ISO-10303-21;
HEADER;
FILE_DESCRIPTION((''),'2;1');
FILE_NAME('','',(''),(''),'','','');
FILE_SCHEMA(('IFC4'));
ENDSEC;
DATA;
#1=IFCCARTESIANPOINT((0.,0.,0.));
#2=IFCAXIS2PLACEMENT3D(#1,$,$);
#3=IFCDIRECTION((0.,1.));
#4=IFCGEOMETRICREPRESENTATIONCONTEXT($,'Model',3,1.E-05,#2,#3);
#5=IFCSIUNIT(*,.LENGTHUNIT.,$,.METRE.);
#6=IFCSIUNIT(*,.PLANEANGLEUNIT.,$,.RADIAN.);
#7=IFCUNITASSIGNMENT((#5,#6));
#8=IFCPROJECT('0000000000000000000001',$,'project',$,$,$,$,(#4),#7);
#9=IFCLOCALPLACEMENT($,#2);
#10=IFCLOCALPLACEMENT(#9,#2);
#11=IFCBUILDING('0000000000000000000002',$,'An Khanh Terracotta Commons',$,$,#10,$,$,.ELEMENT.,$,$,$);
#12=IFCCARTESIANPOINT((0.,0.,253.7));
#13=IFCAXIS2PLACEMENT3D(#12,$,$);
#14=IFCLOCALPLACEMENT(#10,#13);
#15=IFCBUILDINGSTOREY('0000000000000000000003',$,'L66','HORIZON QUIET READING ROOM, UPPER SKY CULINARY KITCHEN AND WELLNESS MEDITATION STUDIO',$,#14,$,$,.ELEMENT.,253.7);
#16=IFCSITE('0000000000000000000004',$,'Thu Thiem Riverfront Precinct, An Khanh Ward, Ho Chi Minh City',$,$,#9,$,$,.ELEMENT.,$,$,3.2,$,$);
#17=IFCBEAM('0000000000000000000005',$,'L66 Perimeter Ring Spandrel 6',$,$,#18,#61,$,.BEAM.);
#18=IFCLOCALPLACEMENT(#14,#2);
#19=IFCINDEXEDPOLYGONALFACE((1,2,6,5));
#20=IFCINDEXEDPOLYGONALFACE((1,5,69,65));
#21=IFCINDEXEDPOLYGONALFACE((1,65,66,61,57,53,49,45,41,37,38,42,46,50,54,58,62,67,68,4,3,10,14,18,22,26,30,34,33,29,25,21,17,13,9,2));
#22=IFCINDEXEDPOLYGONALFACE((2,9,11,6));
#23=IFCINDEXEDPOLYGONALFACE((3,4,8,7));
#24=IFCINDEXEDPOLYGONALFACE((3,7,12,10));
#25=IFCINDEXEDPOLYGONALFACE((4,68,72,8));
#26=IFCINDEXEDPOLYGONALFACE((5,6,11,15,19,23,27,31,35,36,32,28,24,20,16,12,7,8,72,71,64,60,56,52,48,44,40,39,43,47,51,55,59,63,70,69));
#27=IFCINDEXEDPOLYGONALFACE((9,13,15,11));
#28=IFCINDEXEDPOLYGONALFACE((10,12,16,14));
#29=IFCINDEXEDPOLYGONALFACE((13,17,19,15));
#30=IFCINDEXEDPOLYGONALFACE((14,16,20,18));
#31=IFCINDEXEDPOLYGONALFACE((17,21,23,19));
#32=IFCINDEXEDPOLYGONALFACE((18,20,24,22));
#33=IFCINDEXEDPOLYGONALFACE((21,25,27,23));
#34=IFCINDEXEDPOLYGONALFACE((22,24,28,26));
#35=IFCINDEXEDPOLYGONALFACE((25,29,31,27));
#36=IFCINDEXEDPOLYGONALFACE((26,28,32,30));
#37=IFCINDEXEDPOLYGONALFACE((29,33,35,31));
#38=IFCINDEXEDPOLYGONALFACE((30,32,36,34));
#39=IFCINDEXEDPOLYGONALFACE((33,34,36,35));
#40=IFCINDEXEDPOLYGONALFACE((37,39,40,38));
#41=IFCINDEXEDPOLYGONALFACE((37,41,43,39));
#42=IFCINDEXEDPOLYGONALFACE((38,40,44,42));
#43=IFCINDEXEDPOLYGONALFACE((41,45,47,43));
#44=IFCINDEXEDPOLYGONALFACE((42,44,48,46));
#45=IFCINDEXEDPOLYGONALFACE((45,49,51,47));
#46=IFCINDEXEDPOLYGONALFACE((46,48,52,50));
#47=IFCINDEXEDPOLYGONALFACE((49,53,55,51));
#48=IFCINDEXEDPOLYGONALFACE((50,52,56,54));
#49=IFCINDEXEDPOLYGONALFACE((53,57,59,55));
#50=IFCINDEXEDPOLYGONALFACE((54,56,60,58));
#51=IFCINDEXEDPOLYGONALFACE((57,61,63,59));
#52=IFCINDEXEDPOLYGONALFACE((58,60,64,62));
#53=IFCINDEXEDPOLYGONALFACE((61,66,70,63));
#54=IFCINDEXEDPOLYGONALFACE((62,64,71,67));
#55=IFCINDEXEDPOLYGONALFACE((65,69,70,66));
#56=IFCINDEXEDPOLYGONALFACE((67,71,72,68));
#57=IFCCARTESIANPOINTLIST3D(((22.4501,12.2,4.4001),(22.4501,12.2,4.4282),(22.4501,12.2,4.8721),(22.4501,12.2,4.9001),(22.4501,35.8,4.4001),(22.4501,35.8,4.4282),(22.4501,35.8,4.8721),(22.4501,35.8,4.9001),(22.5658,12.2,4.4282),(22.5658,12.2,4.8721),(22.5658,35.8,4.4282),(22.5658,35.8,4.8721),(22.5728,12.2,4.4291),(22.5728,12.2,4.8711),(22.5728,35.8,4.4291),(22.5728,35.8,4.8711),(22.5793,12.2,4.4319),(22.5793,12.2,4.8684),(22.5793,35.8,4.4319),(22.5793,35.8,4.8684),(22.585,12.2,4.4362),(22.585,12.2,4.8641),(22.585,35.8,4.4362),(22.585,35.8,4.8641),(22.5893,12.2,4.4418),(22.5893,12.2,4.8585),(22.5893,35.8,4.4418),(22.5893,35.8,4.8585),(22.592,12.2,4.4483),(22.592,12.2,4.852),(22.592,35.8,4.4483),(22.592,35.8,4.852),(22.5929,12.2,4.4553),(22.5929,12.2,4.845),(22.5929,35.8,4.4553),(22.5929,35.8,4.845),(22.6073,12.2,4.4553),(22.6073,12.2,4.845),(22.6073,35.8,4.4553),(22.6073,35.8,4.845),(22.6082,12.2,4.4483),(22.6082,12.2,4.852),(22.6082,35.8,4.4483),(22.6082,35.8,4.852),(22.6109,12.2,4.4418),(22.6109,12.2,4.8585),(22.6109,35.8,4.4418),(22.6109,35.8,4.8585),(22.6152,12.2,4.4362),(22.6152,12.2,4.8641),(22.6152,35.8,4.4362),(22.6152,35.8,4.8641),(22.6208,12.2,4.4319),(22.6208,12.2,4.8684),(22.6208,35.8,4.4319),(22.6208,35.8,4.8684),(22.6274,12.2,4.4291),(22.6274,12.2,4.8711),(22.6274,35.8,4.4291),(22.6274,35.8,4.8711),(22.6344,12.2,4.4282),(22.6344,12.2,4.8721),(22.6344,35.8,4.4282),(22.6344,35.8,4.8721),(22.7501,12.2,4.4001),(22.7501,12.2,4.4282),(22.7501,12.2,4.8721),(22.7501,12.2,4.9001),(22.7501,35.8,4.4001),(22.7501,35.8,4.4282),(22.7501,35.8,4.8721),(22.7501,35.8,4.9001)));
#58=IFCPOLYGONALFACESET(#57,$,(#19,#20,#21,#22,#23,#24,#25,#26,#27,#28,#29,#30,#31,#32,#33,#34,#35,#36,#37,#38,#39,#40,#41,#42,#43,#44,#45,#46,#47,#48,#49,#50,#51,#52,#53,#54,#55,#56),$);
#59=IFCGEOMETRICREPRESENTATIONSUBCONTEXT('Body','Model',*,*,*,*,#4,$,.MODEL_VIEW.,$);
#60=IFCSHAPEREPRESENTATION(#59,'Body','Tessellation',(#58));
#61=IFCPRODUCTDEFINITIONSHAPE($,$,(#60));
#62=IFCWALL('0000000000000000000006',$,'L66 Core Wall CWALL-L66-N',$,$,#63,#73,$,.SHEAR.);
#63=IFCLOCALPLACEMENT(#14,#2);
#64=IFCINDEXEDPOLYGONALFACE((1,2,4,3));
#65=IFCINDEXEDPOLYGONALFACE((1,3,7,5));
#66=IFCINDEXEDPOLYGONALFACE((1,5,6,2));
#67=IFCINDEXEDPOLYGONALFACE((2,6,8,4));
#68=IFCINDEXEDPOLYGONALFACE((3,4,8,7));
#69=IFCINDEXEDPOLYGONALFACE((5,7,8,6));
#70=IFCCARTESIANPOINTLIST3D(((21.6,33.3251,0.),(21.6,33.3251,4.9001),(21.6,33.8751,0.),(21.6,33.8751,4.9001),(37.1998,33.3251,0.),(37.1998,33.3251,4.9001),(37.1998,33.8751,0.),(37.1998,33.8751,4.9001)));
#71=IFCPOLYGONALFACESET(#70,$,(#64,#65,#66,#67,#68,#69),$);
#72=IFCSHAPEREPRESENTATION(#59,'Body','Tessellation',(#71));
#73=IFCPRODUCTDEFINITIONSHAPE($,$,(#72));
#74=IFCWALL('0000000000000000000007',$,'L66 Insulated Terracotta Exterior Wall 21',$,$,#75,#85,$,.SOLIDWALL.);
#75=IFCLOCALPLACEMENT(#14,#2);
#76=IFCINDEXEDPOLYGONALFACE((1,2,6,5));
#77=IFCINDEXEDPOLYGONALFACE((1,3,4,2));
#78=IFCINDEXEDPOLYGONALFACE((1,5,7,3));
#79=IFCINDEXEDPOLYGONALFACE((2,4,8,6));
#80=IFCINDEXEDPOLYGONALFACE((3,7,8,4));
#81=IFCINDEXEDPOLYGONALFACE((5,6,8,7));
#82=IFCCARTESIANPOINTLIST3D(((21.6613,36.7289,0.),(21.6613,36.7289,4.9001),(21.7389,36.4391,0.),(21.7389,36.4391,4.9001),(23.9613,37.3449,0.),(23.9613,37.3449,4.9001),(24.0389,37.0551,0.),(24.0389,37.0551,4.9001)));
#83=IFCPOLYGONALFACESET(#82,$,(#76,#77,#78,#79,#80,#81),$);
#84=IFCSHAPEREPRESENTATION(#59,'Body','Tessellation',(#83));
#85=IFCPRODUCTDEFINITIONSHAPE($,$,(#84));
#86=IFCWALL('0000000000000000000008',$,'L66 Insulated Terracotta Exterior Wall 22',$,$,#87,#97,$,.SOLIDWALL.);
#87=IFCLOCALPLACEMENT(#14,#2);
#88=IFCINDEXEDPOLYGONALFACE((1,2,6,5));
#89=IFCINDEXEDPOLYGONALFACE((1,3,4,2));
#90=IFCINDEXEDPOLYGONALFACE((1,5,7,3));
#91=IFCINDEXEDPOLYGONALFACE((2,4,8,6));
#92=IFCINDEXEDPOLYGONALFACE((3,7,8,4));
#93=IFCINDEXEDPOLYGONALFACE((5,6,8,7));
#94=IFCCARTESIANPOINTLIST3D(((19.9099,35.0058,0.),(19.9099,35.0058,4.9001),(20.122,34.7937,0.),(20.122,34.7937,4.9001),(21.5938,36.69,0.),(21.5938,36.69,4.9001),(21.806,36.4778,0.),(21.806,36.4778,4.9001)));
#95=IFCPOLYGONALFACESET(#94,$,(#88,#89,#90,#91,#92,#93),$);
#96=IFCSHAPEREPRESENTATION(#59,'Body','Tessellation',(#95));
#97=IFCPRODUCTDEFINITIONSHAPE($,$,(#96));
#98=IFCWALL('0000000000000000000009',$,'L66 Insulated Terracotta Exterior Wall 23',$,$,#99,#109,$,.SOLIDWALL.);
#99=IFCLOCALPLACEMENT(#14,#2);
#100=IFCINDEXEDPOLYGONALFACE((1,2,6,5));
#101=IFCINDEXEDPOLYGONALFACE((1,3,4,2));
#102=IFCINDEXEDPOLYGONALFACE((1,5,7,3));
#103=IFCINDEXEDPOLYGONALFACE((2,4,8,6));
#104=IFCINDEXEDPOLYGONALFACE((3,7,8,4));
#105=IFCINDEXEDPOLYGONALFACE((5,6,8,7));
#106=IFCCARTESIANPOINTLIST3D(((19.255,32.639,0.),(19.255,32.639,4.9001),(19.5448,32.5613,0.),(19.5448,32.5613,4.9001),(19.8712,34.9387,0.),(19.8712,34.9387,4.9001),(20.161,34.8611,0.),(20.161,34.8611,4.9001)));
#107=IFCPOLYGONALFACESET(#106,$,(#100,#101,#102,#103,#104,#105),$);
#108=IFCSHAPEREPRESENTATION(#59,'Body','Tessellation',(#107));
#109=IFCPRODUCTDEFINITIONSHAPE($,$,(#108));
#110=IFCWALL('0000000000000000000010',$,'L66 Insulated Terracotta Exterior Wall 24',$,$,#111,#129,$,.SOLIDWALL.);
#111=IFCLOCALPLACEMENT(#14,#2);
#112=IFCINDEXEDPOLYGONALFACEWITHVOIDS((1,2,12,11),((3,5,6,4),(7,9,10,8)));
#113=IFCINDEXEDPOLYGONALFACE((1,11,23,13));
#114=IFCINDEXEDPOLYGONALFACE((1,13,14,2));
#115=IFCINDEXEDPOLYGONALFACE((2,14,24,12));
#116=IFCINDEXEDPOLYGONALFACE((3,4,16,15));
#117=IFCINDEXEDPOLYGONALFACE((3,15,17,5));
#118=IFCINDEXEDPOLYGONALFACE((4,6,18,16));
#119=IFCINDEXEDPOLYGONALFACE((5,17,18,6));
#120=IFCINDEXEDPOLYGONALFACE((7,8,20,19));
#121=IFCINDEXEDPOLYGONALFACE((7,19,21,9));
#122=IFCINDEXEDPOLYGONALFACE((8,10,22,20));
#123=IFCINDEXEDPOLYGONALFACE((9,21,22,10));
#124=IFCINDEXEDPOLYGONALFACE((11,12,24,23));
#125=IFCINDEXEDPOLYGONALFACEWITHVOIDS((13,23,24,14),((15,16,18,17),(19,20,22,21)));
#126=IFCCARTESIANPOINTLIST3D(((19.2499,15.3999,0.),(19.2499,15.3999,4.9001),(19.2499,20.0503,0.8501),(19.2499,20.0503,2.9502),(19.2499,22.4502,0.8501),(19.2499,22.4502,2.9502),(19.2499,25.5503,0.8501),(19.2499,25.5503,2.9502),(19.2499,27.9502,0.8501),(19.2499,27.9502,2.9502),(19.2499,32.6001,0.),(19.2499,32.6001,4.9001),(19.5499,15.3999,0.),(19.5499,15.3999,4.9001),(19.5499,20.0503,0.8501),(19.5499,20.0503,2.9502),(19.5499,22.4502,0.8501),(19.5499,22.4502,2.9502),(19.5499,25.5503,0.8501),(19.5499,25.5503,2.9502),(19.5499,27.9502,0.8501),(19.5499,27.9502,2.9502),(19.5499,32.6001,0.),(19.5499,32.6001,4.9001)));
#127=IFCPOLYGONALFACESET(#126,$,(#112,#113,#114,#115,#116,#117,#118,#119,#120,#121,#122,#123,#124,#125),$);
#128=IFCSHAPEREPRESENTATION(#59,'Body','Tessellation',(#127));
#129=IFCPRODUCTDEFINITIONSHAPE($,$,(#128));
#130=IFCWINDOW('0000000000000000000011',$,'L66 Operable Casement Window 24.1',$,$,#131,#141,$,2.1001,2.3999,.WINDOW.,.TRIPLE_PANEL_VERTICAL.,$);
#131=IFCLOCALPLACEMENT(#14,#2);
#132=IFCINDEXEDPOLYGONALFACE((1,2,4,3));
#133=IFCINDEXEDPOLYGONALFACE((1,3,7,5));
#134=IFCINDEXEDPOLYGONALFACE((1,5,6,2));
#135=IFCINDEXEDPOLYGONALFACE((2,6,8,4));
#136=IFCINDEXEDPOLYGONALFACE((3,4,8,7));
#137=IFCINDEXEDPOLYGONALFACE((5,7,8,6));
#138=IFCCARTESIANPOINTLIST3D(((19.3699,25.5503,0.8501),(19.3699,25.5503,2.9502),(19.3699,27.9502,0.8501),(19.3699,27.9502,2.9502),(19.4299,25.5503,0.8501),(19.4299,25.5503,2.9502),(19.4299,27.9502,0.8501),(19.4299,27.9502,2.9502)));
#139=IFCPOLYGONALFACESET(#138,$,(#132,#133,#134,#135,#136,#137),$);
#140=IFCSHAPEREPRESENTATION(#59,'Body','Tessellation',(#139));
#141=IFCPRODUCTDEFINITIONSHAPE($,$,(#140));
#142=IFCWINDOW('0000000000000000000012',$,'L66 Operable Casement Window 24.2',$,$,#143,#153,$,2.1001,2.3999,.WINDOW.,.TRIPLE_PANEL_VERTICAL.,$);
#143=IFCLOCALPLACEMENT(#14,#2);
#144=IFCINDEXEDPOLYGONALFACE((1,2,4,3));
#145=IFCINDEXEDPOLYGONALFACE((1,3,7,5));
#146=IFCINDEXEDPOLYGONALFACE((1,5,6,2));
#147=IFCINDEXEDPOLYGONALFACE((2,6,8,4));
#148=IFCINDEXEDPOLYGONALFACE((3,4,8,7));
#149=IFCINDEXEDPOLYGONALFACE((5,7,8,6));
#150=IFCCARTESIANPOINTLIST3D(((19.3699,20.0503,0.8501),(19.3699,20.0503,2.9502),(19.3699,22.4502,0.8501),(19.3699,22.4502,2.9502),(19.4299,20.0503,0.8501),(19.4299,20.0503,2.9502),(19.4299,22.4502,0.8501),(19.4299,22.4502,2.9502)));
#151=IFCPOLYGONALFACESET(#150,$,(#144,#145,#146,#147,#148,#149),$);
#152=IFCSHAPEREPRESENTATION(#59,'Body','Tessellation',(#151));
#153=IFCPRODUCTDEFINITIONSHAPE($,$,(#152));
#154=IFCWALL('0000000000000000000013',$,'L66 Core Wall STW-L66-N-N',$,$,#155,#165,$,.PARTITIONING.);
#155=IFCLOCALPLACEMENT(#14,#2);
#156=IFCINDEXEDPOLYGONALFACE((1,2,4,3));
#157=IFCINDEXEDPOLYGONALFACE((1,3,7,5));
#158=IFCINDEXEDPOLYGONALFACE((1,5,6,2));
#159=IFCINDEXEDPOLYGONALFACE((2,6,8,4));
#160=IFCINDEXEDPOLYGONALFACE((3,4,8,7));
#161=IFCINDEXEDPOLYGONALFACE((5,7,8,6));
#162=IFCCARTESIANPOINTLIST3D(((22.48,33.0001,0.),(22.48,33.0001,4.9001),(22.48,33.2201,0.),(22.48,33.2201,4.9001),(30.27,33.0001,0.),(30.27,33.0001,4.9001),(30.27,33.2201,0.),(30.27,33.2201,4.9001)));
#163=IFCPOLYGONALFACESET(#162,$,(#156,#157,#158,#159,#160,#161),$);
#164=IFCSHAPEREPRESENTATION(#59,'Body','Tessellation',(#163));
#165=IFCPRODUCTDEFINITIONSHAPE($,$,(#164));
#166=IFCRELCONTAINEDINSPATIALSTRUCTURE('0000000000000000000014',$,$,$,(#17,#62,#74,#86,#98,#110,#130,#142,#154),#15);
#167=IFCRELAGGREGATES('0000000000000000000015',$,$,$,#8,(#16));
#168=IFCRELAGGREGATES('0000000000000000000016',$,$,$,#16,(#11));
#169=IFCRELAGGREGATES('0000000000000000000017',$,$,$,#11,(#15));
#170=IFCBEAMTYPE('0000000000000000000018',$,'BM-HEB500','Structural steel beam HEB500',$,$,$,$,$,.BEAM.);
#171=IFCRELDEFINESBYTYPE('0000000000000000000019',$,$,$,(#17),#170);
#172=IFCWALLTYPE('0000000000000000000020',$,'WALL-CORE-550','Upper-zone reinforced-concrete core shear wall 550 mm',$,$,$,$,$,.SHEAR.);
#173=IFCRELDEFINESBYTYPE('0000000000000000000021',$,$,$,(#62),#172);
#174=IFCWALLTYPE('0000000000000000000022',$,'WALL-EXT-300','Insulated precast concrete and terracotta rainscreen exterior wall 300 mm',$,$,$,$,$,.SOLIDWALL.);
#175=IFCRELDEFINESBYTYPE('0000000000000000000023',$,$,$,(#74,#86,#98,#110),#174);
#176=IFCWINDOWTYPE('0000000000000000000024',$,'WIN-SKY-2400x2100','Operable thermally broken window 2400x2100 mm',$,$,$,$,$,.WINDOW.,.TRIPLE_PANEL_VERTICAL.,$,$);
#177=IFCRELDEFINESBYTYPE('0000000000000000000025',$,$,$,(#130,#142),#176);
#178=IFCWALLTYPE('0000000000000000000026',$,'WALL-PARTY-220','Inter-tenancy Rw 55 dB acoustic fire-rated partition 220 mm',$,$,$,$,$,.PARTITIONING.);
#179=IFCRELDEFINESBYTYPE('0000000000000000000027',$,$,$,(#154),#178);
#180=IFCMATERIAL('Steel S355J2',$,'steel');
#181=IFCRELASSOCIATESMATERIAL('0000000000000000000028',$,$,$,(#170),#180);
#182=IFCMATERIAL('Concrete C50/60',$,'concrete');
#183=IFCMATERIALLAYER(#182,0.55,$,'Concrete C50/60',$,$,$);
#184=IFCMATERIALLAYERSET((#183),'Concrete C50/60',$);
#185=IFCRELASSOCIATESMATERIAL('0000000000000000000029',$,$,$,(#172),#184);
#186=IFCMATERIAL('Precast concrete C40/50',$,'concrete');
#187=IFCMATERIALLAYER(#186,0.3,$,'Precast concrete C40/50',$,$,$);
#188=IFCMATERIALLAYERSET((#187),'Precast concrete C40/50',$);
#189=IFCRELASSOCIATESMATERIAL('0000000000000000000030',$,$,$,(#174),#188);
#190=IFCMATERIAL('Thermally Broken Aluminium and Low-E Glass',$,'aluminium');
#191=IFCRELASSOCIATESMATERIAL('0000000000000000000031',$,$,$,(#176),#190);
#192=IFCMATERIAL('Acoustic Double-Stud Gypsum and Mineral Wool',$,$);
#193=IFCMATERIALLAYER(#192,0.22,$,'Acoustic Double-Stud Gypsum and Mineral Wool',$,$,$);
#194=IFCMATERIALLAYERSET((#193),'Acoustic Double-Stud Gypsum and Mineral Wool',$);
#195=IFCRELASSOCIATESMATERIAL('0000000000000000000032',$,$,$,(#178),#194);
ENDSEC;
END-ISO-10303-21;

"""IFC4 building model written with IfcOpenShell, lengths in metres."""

from ifc_helpers import new_model, si_unit, direction, frame, frame_2d, origin, origin_2d, place, context, subcontext, project, spatial, rectangle, i_section, extrude, material, layer, layer_set, material_profile, profile_set, type_object, element, fill, save


model = new_model("IFC4")

# Units and contexts
model_context = context("Model", 3, precision=1e-05, world=origin(), true_north=direction((0.0, 1.0)))
body_context = subcontext(model_context, "Body", "Model", "MODEL_VIEW")
ifc_project = project(units=[si_unit("LENGTHUNIT", "METRE"), si_unit("PLANEANGLEUNIT", "RADIAN")], contexts=[model_context])

# Site, building, storey
site_placement = place(None, origin())
site = spatial("IfcSite", under=ifc_project, at=site_placement, Name="Thu Thiem Riverfront Precinct, An Khanh Ward, Ho Chi Minh City", CompositionType="ELEMENT", RefElevation=3.2)
building_placement = place(site_placement, origin())
building = spatial("IfcBuilding", under=site, at=building_placement, Name="An Khanh Terracotta Commons", CompositionType="ELEMENT")
storey_placement = place(building_placement, frame((0.0, 0.0, 253.7)))
storey = spatial("IfcBuildingStorey", under=building, at=storey_placement, Name="L66", Description="HORIZON QUIET READING ROOM, UPPER SKY CULINARY KITCHEN AND WELLNESS MEDITATION STUDIO", CompositionType="ELEMENT", Elevation=253.7)

# Shared definitions
ifc_material_1 = material(Name="Concrete C50/60", Category="concrete")

# Beam
ifc_material_2 = material(Name="Steel S355J2", Category="steel")
ifc_material_profile_1 = material_profile(ifc_material_2, i_section(OverallWidth=0.3, OverallDepth=0.5, WebThickness=0.0144, FlangeThickness=0.0281, FilletRadius=0.0271, at=origin_2d()), Name="HEB500")
ifc_profile_set_1 = profile_set([ifc_material_profile_1], Name="Steel S355J2")
beam_type_1 = type_object("IfcBeamType", Name="BM-HEB500", Description="Structural steel beam HEB500", PredefinedType="BEAM", material=ifc_profile_set_1)
beam_1_placement = place(storey_placement, frame((22.6001, 35.8, 4.6501), z_axis=(0.0, -1.0, 0.0), x_axis=(1.0, 0.0, 0.0)))
element("IfcBeam", 1, at=beam_1_placement, inside=storey, type_object=beam_type_1, Name="L66 Perimeter Ring Spandrel 6", PredefinedType="BEAM", context=body_context, shape_type="SweptSolid", body=[
    extrude(i_section(OverallWidth=0.3, OverallDepth=0.5, WebThickness=0.0144, FlangeThickness=0.0281, FilletRadius=0.0271, at=origin_2d()), origin(), (0.0, 0.0, 1.0), 23.6001),
])

# Walls
ifc_layer_1 = layer(ifc_material_1, 0.55, Name="Concrete C50/60")
ifc_layer_set_1 = layer_set([ifc_layer_1], Name="Concrete C50/60")
wall_type_1 = type_object("IfcWallType", Name="WALL-CORE-550", Description="Upper-zone reinforced-concrete core shear wall 550 mm", PredefinedType="SHEAR", material=ifc_layer_set_1)
wall_1_placement = place(storey_placement, frame((21.6001, 33.6001, 0.0), z_axis=(0.0, 0.0, 1.0), x_axis=(1.0, 0.0, 0.0)))
element("IfcWall", 2, at=wall_1_placement, inside=storey, type_object=wall_type_1, Name="L66 Core Wall CWALL-L66-N", PredefinedType="SHEAR", context=body_context, shape_type="SweptSolid", body=[
    extrude(rectangle(XDim=15.5999, YDim=0.55, at=frame_2d((7.7998, 0.0))), origin(), (0.0, 0.0, 1.0), 4.9001),
])
ifc_material_3 = material(Name="Precast concrete C40/50", Category="concrete")
ifc_layer_2 = layer(ifc_material_3, 0.3, Name="Precast concrete C40/50")
ifc_layer_set_2 = layer_set([ifc_layer_2], Name="Precast concrete C40/50")
wall_type_2 = type_object("IfcWallType", Name="WALL-EXT-300", Description="Insulated precast concrete and terracotta rainscreen exterior wall 300 mm", PredefinedType="SOLIDWALL", material=ifc_layer_set_2)
wall_2_placement = place(storey_placement, frame((24.0, 37.2, 0.0), z_axis=(0.0, 0.0, 1.0), x_axis=(-0.96596, -0.25869, 0.0)))
element("IfcWall", 3, at=wall_2_placement, inside=storey, type_object=wall_type_2, Name="L66 Insulated Terracotta Exterior Wall 21", PredefinedType="SOLIDWALL", context=body_context, shape_type="SweptSolid", body=[
    extrude(rectangle(XDim=2.3811, YDim=0.3, at=frame_2d((1.1904, 0.0))), origin(), (0.0, 0.0, 1.0), 4.9001),
])
wall_3_placement = place(storey_placement, frame((21.7, 36.584, 0.0), z_axis=(0.0, 0.0, 1.0), x_axis=(-0.707056, -0.707158, 0.0)))
element("IfcWall", 4, at=wall_3_placement, inside=storey, type_object=wall_type_2, Name="L66 Insulated Terracotta Exterior Wall 22", PredefinedType="SOLIDWALL", context=body_context, shape_type="SweptSolid", body=[
    extrude(rectangle(XDim=2.3816, YDim=0.3, at=frame_2d((1.1909, 0.0))), origin(), (0.0, 0.0, 1.0), 4.9001),
])
wall_4_placement = place(storey_placement, frame((20.0161, 34.8999, 0.0), z_axis=(0.0, 0.0, 1.0), x_axis=(-0.258811, -0.965928, 0.0)))
element("IfcWall", 5, at=wall_4_placement, inside=storey, type_object=wall_type_2, Name="L66 Insulated Terracotta Exterior Wall 23", PredefinedType="SOLIDWALL", context=body_context, shape_type="SweptSolid", body=[
    extrude(rectangle(XDim=2.3809, YDim=0.3, at=frame_2d((1.1904, 0.0))), origin(), (0.0, 0.0, 1.0), 4.9001),
])

# Wall, openings, windows
wall_5_placement = place(storey_placement, frame((19.3999, 32.6001, 0.0), z_axis=(0.0, 0.0, 1.0), x_axis=(0.0, -1.0, 0.0)))
wall_5 = element("IfcWall", 6, at=wall_5_placement, inside=storey, type_object=wall_type_2, Name="L66 Insulated Terracotta Exterior Wall 24", PredefinedType="SOLIDWALL", context=body_context, shape_type="SweptSolid", body=[
    extrude(rectangle(XDim=17.2002, YDim=0.3, at=frame_2d((8.6001, 0.0))), origin(), (0.0, 0.0, 1.0), 4.9001),
])
opening_1_placement = place(wall_5_placement, frame((4.6499, 0.0, 0.8501)))
opening_1 = element("IfcOpeningElement", 7, at=opening_1_placement, cuts=wall_5, PredefinedType="OPENING", context=body_context, shape_type="SweptSolid", body=[
    extrude(rectangle(XDim=2.3999, YDim=2.1001, at=frame_2d((1.2, 1.05))), frame((0.0, 0.1599, 0.0), z_axis=(0.0, -1.0, 0.0), x_axis=(1.0, 0.0, 0.0)), (0.0, 0.0, 1.0), 0.3201),
])
opening_2_placement = place(wall_5_placement, frame((10.1499, 0.0, 0.8501)))
opening_2 = element("IfcOpeningElement", 8, at=opening_2_placement, cuts=wall_5, PredefinedType="OPENING", context=body_context, shape_type="SweptSolid", body=[
    extrude(rectangle(XDim=2.3999, YDim=2.1001, at=frame_2d((1.2, 1.05))), frame((0.0, 0.1599, 0.0), z_axis=(0.0, -1.0, 0.0), x_axis=(1.0, 0.0, 0.0)), (0.0, 0.0, 1.0), 0.3201),
])
ifc_material_4 = material(Name="Thermally Broken Aluminium and Low-E Glass", Category="aluminium")
window_type = type_object("IfcWindowType", Name="WIN-SKY-2400x2100", Description="Operable thermally broken window 2400x2100 mm", PartitioningType="TRIPLE_PANEL_VERTICAL", PredefinedType="WINDOW", material=ifc_material_4)
window_1_placement = place(opening_1_placement, origin())
window_1 = element("IfcWindow", 9, at=window_1_placement, inside=storey, type_object=window_type, Name="L66 Operable Casement Window 24.1", OverallHeight=2.1001, OverallWidth=2.3999, PartitioningType="TRIPLE_PANEL_VERTICAL", PredefinedType="WINDOW", context=body_context, shape_type="SweptSolid", body=[
    extrude(rectangle(XDim=2.3999, YDim=2.1001, at=frame_2d((1.2, 1.05))), frame((0.0, 0.03, 0.0), z_axis=(0.0, -1.0, 0.0), x_axis=(1.0, 0.0, 0.0)), (0.0, 0.0, 1.0), 0.0601),
])
fill(opening_1, window_1)
window_2_placement = place(opening_2_placement, origin())
window_2 = element("IfcWindow", 10, at=window_2_placement, inside=storey, type_object=window_type, Name="L66 Operable Casement Window 24.2", OverallHeight=2.1001, OverallWidth=2.3999, PartitioningType="TRIPLE_PANEL_VERTICAL", PredefinedType="WINDOW", context=body_context, shape_type="SweptSolid", body=[
    extrude(rectangle(XDim=2.3999, YDim=2.1001, at=frame_2d((1.2, 1.05))), frame((0.0, 0.03, 0.0), z_axis=(0.0, -1.0, 0.0), x_axis=(1.0, 0.0, 0.0)), (0.0, 0.0, 1.0), 0.0601),
])
fill(opening_2, window_2)

# Wall
ifc_material_5 = material(Name="Acoustic Double-Stud Gypsum and Mineral Wool")
ifc_layer_3 = layer(ifc_material_5, 0.22, Name="Acoustic Double-Stud Gypsum and Mineral Wool")
ifc_layer_set_3 = layer_set([ifc_layer_3], Name="Acoustic Double-Stud Gypsum and Mineral Wool")
wall_type_3 = type_object("IfcWallType", Name="WALL-PARTY-220", Description="Inter-tenancy Rw 55 dB acoustic fire-rated partition 220 mm", PredefinedType="PARTITIONING", material=ifc_layer_set_3)
wall_6_placement = place(storey_placement, frame((22.48, 33.1101, 0.0), z_axis=(0.0, 0.0, 1.0), x_axis=(1.0, 0.0, 0.0)))
element("IfcWall", 11, at=wall_6_placement, inside=storey, type_object=wall_type_3, Name="L66 Core Wall STW-L66-N-N", PredefinedType="PARTITIONING", context=body_context, shape_type="SweptSolid", body=[
    extrude(rectangle(XDim=7.79, YDim=0.22, at=frame_2d((3.895, 0.0))), origin(), (0.0, 0.0, 1.0), 4.9001),
])

save(model, "model.ifc")
